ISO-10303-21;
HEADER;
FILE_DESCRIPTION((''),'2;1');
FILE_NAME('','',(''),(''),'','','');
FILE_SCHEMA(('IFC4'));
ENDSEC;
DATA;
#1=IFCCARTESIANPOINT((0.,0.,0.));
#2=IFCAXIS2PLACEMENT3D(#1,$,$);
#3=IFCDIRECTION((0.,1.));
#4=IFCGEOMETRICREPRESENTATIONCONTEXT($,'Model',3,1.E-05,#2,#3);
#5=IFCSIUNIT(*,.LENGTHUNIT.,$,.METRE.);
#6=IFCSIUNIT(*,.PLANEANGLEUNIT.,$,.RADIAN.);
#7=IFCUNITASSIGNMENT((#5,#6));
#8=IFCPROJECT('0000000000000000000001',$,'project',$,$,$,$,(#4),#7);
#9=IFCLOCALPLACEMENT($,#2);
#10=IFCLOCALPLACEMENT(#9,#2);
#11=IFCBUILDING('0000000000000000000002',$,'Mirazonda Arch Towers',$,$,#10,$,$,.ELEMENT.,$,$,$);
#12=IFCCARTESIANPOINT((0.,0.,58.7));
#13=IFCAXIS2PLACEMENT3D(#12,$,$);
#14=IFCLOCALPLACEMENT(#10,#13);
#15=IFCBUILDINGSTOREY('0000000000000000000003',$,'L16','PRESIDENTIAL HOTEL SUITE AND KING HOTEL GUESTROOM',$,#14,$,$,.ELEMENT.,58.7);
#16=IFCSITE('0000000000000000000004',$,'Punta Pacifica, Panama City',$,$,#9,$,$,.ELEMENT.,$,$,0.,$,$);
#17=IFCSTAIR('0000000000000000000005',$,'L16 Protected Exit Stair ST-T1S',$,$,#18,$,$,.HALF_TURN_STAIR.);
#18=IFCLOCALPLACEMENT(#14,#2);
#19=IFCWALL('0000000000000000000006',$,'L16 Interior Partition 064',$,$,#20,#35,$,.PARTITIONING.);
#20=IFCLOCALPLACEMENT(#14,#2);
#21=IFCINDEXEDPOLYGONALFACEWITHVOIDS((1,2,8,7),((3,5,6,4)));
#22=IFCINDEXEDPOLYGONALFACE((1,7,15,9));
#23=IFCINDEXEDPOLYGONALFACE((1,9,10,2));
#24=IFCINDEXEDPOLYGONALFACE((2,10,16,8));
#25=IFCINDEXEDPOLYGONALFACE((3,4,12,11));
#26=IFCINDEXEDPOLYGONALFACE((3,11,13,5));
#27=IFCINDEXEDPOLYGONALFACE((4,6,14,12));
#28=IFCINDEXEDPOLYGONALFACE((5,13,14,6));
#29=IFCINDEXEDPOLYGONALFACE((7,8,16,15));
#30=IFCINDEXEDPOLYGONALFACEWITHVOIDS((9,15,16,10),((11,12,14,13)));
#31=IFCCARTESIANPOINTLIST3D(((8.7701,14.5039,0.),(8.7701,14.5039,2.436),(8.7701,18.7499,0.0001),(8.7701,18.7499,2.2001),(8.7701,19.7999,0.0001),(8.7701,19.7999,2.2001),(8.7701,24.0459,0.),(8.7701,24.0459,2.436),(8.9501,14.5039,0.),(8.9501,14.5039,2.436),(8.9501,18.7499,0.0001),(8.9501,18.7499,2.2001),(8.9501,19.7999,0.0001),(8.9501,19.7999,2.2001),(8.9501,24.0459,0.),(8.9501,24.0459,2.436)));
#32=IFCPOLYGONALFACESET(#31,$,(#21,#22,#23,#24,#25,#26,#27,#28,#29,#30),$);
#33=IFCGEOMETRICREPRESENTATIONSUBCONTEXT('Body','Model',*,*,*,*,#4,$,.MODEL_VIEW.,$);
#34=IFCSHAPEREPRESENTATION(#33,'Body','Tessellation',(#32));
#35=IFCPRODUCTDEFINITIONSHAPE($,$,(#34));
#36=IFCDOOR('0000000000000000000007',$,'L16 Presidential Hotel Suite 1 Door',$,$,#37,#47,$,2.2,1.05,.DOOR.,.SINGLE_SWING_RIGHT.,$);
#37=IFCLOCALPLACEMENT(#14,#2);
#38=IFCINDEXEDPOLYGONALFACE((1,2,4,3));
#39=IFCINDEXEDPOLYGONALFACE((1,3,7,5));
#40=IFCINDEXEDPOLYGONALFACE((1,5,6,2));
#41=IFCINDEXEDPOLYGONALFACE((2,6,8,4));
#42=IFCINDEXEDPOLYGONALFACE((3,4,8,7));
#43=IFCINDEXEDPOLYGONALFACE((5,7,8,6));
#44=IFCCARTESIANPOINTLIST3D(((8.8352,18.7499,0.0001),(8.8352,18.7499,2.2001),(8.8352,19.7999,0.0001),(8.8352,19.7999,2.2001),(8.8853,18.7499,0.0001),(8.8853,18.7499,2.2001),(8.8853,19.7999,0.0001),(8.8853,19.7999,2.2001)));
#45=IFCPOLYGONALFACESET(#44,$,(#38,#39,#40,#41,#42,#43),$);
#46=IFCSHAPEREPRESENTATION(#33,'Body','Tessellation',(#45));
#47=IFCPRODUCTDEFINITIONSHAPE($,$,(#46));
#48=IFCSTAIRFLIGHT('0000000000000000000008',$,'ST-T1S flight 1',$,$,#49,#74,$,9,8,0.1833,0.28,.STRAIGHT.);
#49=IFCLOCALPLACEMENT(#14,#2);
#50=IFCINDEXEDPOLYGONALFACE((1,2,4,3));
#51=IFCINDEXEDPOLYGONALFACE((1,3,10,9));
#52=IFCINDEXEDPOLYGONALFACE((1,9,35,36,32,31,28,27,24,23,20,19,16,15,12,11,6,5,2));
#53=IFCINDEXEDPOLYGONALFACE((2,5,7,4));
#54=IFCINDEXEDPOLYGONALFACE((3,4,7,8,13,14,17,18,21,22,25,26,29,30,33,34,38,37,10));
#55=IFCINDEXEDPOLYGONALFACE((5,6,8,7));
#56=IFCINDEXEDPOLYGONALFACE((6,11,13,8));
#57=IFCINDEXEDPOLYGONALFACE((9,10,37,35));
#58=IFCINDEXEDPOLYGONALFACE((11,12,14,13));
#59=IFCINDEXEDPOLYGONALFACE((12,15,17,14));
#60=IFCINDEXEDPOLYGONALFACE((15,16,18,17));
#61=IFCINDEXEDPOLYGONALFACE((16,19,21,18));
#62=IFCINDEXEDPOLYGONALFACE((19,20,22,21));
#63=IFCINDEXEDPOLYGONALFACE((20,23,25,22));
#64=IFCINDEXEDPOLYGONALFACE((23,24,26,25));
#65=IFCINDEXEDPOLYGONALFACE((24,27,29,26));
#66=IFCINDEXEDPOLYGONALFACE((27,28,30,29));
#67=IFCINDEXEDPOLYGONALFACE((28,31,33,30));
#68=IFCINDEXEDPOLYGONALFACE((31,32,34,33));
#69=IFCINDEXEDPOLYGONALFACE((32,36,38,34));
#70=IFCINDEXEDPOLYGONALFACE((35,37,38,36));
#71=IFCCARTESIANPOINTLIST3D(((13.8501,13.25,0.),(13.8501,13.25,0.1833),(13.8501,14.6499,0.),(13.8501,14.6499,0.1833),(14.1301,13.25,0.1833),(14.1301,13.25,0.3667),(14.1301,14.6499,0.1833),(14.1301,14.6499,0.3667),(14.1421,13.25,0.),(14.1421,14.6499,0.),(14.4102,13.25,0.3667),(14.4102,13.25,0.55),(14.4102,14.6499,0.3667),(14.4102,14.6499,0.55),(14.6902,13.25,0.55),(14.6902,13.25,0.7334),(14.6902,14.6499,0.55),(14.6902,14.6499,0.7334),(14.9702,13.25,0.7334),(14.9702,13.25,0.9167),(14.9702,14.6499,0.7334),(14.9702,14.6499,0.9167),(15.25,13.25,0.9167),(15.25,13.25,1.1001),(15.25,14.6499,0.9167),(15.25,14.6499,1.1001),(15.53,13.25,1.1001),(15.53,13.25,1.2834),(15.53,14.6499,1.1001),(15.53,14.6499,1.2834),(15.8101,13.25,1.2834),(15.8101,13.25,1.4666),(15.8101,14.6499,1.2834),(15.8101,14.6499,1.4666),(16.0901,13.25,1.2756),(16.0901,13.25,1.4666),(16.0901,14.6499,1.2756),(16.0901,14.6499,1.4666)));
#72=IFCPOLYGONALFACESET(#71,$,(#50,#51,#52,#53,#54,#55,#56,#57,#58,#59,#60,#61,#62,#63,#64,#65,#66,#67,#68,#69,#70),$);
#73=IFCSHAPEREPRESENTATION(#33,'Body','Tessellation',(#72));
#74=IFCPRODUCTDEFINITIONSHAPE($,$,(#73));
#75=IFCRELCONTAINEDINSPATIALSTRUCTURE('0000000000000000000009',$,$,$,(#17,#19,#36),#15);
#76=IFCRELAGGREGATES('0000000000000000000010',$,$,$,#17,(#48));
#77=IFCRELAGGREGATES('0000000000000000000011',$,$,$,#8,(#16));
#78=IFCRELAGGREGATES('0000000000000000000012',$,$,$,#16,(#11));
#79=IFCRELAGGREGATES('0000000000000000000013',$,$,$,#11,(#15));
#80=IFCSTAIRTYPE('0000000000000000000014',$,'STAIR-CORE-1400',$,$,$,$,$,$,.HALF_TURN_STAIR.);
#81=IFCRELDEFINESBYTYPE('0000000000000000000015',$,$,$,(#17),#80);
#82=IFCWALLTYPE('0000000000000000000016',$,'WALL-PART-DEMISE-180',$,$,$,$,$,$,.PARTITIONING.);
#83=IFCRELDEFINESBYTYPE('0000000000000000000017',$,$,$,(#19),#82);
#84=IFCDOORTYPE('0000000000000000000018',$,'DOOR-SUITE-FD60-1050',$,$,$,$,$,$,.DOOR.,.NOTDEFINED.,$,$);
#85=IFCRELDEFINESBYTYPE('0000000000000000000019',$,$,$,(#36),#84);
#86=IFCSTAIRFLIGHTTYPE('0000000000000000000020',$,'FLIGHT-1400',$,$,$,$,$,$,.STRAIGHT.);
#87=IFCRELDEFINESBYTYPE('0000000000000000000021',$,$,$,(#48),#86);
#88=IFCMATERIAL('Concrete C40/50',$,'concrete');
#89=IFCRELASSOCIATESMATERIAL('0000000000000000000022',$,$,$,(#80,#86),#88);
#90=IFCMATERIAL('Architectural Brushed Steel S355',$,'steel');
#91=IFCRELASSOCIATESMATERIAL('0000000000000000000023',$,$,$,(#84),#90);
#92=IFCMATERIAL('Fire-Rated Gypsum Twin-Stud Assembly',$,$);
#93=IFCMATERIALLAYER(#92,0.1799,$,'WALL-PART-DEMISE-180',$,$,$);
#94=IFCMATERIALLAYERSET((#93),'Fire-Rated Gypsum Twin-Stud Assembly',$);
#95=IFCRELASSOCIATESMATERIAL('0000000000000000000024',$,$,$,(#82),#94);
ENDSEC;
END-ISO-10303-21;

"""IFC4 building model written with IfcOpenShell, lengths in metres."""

from ifc_helpers import new_model, si_unit, direction, frame, frame_2d, origin, place, context, subcontext, project, spatial, polyline, rectangle, outline, extrude, material, layer, layer_set, type_object, element, fill, aggregate, save


model = new_model("IFC4")

# Units and contexts
model_context = context("Model", 3, precision=1e-05, world=origin(), true_north=direction((0.0, 1.0)))
body_context = subcontext(model_context, "Body", "Model", "MODEL_VIEW")
ifc_project = project(units=[si_unit("LENGTHUNIT", "METRE"), si_unit("PLANEANGLEUNIT", "RADIAN")], contexts=[model_context])

# Site, building, storey
site_placement = place(None, origin())
site = spatial("IfcSite", under=ifc_project, at=site_placement, Name="Punta Pacifica, Panama City", CompositionType="ELEMENT", RefElevation=0.0)
building_placement = place(site_placement, origin())
building = spatial("IfcBuilding", under=site, at=building_placement, Name="Mirazonda Arch Towers", CompositionType="ELEMENT")
storey_placement = place(building_placement, frame((0.0, 0.0, 58.7)))
storey = spatial("IfcBuildingStorey", under=building, at=storey_placement, Name="L16", Description="PRESIDENTIAL HOTEL SUITE AND KING HOTEL GUESTROOM", CompositionType="ELEMENT", Elevation=58.7)

# Stair
ifc_material_1 = material(Name="Concrete C40/50", Category="concrete")
stair_type = type_object("IfcStairType", Name="STAIR-CORE-1400", PredefinedType="HALF_TURN_STAIR", material=ifc_material_1)
stair_1_placement = place(storey_placement, origin())
stair_1 = element("IfcStair", 1, at=stair_1_placement, inside=storey, type_object=stair_type, Name="L16 Protected Exit Stair ST-T1S", PredefinedType="HALF_TURN_STAIR")

# Shared definitions
ifc_material_2 = material(Name="Architectural Brushed Steel S355", Category="steel")
door_type_1 = type_object("IfcDoorType", Name="DOOR-SUITE-FD60-1050", OperationType="NOTDEFINED", PredefinedType="DOOR", material=ifc_material_2)

# Shared definitions
ifc_material_3 = material(Name="Fire-Rated Gypsum Twin-Stud Assembly")
ifc_layer_1 = layer(ifc_material_3, 0.1799, Name="WALL-PART-DEMISE-180")
ifc_layer_set_1 = layer_set([ifc_layer_1], Name="Fire-Rated Gypsum Twin-Stud Assembly")
wall_type_1 = type_object("IfcWallType", Name="WALL-PART-DEMISE-180", PredefinedType="PARTITIONING", material=ifc_layer_set_1)

# Wall, opening, door
wall_1_placement = place(storey_placement, frame((8.8601, 14.5039, 0.0), z_axis=(0.0, 0.0, 1.0), x_axis=(0.0, 1.0, 0.0)))
wall_1 = element("IfcWall", 2, at=wall_1_placement, inside=storey, type_object=wall_type_1, Name="L16 Interior Partition 064", PredefinedType="PARTITIONING", context=body_context, shape_type="SweptSolid", body=[
    extrude(rectangle(XDim=9.542, YDim=0.1799, at=frame_2d((4.771, 0.0))), origin(), (0.0, 0.0, 1.0), 2.436),
])
opening_1_placement = place(wall_1_placement, frame((4.2461, 0.0, 0.0)))
opening_1 = element("IfcOpeningElement", 3, at=opening_1_placement, cuts=wall_1, PredefinedType="OPENING", context=body_context, shape_type="SweptSolid", body=[
    extrude(rectangle(XDim=1.05, YDim=2.2, at=frame_2d((0.5249, 1.1001))), frame((0.0, 0.0999, 0.0), z_axis=(0.0, -1.0, 0.0), x_axis=(1.0, 0.0, 0.0)), (0.0, 0.0, 1.0), 0.2),
])
door_1_placement = place(opening_1_placement, origin())
door_1 = element("IfcDoor", 4, at=door_1_placement, inside=storey, type_object=door_type_1, Name="L16 Presidential Hotel Suite 1 Door", OperationType="SINGLE_SWING_RIGHT", OverallHeight=2.2, OverallWidth=1.05, PredefinedType="DOOR", context=body_context, shape_type="SweptSolid", body=[
    extrude(rectangle(XDim=1.05, YDim=2.2, at=frame_2d((0.5249, 1.1001))), frame((0.0, 0.0249, 0.0), z_axis=(0.0, -1.0, 0.0), x_axis=(1.0, 0.0, 0.0)), (0.0, 0.0, 1.0), 0.05),
])
fill(opening_1, door_1)

# Stair flight
stair_flight_type = type_object("IfcStairFlightType", Name="FLIGHT-1400", PredefinedType="STRAIGHT", material=ifc_material_1)
stair_flight_placement = place(storey_placement, frame((13.8501, 13.95, 0.0), z_axis=(0.0, 0.0, 1.0), x_axis=(1.0, 0.0, 0.0)))
stair_flight = element("IfcStairFlight", 5, at=stair_flight_placement, type_object=stair_flight_type, Name="ST-T1S flight 1", NumberOfRisers=9, NumberOfTreads=8, PredefinedType="STRAIGHT", RiserHeight=0.1833, TreadLength=0.28, context=body_context, shape_type="SweptSolid", body=[
    extrude(outline(polyline([(0.0, 0.0), (0.0, 0.1833), (0.28, 0.1833), (0.28, 0.3667), (0.5601, 0.3667), (0.5601, 0.55), (0.8401, 0.55), (0.8401, 0.7334), (1.1201, 0.7334), (1.1201, 0.9167), (1.3999, 0.9167), (1.3999, 1.1001), (1.6799, 1.1001), (1.6799, 1.2834), (1.96, 1.2834), (1.96, 1.4666), (2.24, 1.4666), (2.24, 1.6499), (2.24, 1.2756), (0.292, 0.0), (0.0, 0.0)])), frame((0.0, 0.7, 0.0), z_axis=(0.0, -1.0, 0.0), x_axis=(1.0, 0.0, 0.0)), (0.0, 0.0, 1.0), 1.3999),
])
aggregate(stair_1, [stair_flight])

save(model, "model.ifc")
